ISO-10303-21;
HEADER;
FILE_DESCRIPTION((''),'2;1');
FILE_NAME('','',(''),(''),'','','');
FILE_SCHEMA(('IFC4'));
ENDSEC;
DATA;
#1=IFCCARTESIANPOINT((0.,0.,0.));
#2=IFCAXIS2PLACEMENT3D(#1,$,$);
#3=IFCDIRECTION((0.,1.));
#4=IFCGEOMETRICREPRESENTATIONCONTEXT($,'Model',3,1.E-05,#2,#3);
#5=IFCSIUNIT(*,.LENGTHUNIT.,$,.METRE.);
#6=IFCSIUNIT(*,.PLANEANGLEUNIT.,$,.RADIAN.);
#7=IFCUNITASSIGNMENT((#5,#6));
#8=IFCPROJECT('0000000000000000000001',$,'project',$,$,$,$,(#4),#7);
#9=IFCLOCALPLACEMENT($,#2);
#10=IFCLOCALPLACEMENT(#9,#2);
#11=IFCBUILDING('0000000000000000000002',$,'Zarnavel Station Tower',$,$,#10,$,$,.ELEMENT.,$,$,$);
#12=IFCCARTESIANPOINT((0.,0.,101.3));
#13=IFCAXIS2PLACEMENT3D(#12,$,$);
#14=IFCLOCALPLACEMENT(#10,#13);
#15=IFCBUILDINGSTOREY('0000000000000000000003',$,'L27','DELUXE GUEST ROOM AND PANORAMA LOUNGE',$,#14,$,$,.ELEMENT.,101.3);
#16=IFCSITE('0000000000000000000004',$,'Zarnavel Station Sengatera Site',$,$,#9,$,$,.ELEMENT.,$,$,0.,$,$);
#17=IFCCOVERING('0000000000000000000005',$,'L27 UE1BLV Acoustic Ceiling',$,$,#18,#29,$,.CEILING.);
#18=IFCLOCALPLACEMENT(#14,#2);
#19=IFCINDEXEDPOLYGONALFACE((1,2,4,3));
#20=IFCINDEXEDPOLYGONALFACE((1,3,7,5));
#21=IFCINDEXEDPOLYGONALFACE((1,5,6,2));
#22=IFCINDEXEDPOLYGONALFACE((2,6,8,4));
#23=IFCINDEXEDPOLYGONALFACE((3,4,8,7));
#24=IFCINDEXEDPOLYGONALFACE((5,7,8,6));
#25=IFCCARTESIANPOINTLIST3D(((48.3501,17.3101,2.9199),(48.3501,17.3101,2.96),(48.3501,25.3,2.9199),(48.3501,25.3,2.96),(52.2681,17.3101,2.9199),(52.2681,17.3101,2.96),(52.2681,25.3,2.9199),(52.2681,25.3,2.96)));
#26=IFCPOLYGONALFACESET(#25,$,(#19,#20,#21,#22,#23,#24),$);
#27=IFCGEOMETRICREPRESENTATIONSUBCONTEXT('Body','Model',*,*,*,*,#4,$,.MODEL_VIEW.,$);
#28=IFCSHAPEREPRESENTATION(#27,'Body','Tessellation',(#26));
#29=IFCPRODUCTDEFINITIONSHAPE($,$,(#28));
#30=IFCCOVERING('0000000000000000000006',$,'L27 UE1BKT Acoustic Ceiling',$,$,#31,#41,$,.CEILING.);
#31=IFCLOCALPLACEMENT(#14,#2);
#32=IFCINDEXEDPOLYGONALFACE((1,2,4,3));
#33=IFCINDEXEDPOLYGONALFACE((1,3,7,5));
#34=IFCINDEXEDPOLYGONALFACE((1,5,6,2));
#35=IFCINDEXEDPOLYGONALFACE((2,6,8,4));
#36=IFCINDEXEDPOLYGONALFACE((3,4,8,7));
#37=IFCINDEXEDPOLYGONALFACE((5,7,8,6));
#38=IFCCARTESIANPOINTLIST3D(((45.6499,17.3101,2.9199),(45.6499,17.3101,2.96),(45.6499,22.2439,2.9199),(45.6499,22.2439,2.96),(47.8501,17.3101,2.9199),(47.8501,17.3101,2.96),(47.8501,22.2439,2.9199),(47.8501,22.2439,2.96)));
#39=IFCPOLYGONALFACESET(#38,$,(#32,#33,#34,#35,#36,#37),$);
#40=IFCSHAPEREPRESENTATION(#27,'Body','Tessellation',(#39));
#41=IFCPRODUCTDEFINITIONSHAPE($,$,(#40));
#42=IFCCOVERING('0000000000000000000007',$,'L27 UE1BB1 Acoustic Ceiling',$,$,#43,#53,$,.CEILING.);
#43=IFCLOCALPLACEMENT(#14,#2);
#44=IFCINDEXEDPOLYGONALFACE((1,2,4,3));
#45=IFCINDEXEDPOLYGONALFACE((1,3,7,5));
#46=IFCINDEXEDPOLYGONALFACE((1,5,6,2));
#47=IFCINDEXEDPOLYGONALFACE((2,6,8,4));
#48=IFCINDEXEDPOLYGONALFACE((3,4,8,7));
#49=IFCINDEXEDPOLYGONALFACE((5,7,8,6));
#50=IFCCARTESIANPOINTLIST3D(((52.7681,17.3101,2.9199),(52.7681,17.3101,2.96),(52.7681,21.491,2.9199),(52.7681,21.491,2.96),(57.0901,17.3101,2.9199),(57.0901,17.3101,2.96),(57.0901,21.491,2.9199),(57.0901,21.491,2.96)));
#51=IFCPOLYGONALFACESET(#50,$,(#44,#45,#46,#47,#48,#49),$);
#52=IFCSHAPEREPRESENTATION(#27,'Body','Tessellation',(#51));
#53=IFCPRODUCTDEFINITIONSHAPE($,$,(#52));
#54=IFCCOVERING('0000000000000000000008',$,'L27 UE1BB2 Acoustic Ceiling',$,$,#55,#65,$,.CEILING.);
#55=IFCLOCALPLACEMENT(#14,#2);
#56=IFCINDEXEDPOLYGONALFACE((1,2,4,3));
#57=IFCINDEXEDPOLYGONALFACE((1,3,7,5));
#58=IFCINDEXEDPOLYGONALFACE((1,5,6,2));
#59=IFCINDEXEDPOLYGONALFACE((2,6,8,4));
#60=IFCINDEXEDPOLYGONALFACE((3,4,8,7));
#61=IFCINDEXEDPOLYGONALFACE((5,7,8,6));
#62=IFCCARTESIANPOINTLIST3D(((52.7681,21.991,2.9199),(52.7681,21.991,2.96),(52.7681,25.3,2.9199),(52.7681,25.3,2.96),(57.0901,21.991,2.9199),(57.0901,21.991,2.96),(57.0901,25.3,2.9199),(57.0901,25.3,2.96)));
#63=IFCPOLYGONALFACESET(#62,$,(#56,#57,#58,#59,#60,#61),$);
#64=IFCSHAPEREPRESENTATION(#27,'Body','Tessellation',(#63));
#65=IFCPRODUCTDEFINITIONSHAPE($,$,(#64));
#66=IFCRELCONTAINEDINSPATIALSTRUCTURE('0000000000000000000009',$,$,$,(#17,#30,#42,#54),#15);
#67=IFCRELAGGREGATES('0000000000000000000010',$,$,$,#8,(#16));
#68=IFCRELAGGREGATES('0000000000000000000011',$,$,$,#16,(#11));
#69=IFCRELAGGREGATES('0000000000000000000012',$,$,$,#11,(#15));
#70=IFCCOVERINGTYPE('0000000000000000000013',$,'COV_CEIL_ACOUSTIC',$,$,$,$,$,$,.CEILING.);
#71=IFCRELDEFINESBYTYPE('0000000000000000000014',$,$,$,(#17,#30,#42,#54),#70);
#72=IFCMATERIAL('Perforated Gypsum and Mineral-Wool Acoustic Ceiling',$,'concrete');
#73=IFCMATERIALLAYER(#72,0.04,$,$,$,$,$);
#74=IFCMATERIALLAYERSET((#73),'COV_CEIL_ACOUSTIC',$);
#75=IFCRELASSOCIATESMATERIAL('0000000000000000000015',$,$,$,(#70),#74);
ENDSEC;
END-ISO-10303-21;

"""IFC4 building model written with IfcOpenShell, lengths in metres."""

from ifc_helpers import new_model, si_unit, direction, frame, origin, place, context, subcontext, project, spatial, polyline, outline, extrude, material, layer, layer_set, type_object, element, save


model = new_model("IFC4")

# Units and contexts
model_context = context("Model", 3, precision=1e-05, world=origin(), true_north=direction((0.0, 1.0)))
body_context = subcontext(model_context, "Body", "Model", "MODEL_VIEW")
ifc_project = project(units=[si_unit("LENGTHUNIT", "METRE"), si_unit("PLANEANGLEUNIT", "RADIAN")], contexts=[model_context])

# Site, building, storey
site_placement = place(None, origin())
site = spatial("IfcSite", under=ifc_project, at=site_placement, Name="Zarnavel Station Sengatera Site", CompositionType="ELEMENT", RefElevation=0.0)
building_placement = place(site_placement, origin())
building = spatial("IfcBuilding", under=site, at=building_placement, Name="Zarnavel Station Tower", CompositionType="ELEMENT")
storey_placement = place(building_placement, frame((0.0, 0.0, 101.3)))
storey = spatial("IfcBuildingStorey", under=building, at=storey_placement, Name="L27", Description="DELUXE GUEST ROOM AND PANORAMA LOUNGE", CompositionType="ELEMENT", Elevation=101.3)

# Coverings
ifc_material_1 = material(Name="Perforated Gypsum and Mineral-Wool Acoustic Ceiling", Category="concrete")
ifc_layer_1 = layer(ifc_material_1, 0.04)
ifc_layer_set_1 = layer_set([ifc_layer_1], Name="COV_CEIL_ACOUSTIC")
covering_type = type_object("IfcCoveringType", Name="COV_CEIL_ACOUSTIC", PredefinedType="CEILING", material=ifc_layer_set_1)
covering_1_placement = place(storey_placement, frame((0.0, 0.0, 2.9199)))
element("IfcCovering", 1, at=covering_1_placement, inside=storey, type_object=covering_type, Name="L27 UE1BLV Acoustic Ceiling", PredefinedType="CEILING", context=body_context, shape_type="SweptSolid", body=[
    extrude(outline(polyline([(48.3501, 17.3101), (52.2681, 17.3101), (52.2681, 25.3), (48.3501, 25.3), (48.3501, 17.3101)])), origin(), (0.0, 0.0, 1.0), 0.04),
])
covering_2_placement = place(storey_placement, frame((0.0, 0.0, 2.9199)))
element("IfcCovering", 2, at=covering_2_placement, inside=storey, type_object=covering_type, Name="L27 UE1BKT Acoustic Ceiling", PredefinedType="CEILING", context=body_context, shape_type="SweptSolid", body=[
    extrude(outline(polyline([(45.6499, 17.3101), (47.8501, 17.3101), (47.8501, 22.2439), (45.6499, 22.2439), (45.6499, 17.3101)])), origin(), (0.0, 0.0, 1.0), 0.04),
])
covering_3_placement = place(storey_placement, frame((0.0, 0.0, 2.9199)))
element("IfcCovering", 3, at=covering_3_placement, inside=storey, type_object=covering_type, Name="L27 UE1BB1 Acoustic Ceiling", PredefinedType="CEILING", context=body_context, shape_type="SweptSolid", body=[
    extrude(outline(polyline([(52.7681, 17.3101), (57.0901, 17.3101), (57.0901, 21.491), (52.7681, 21.491), (52.7681, 17.3101)])), origin(), (0.0, 0.0, 1.0), 0.04),
])
covering_4_placement = place(storey_placement, frame((0.0, 0.0, 2.9199)))
element("IfcCovering", 4, at=covering_4_placement, inside=storey, type_object=covering_type, Name="L27 UE1BB2 Acoustic Ceiling", PredefinedType="CEILING", context=body_context, shape_type="SweptSolid", body=[
    extrude(outline(polyline([(52.7681, 21.991), (57.0901, 21.991), (57.0901, 25.3), (52.7681, 25.3), (52.7681, 21.991)])), origin(), (0.0, 0.0, 1.0), 0.04),
])

save(model, "model.ifc")
